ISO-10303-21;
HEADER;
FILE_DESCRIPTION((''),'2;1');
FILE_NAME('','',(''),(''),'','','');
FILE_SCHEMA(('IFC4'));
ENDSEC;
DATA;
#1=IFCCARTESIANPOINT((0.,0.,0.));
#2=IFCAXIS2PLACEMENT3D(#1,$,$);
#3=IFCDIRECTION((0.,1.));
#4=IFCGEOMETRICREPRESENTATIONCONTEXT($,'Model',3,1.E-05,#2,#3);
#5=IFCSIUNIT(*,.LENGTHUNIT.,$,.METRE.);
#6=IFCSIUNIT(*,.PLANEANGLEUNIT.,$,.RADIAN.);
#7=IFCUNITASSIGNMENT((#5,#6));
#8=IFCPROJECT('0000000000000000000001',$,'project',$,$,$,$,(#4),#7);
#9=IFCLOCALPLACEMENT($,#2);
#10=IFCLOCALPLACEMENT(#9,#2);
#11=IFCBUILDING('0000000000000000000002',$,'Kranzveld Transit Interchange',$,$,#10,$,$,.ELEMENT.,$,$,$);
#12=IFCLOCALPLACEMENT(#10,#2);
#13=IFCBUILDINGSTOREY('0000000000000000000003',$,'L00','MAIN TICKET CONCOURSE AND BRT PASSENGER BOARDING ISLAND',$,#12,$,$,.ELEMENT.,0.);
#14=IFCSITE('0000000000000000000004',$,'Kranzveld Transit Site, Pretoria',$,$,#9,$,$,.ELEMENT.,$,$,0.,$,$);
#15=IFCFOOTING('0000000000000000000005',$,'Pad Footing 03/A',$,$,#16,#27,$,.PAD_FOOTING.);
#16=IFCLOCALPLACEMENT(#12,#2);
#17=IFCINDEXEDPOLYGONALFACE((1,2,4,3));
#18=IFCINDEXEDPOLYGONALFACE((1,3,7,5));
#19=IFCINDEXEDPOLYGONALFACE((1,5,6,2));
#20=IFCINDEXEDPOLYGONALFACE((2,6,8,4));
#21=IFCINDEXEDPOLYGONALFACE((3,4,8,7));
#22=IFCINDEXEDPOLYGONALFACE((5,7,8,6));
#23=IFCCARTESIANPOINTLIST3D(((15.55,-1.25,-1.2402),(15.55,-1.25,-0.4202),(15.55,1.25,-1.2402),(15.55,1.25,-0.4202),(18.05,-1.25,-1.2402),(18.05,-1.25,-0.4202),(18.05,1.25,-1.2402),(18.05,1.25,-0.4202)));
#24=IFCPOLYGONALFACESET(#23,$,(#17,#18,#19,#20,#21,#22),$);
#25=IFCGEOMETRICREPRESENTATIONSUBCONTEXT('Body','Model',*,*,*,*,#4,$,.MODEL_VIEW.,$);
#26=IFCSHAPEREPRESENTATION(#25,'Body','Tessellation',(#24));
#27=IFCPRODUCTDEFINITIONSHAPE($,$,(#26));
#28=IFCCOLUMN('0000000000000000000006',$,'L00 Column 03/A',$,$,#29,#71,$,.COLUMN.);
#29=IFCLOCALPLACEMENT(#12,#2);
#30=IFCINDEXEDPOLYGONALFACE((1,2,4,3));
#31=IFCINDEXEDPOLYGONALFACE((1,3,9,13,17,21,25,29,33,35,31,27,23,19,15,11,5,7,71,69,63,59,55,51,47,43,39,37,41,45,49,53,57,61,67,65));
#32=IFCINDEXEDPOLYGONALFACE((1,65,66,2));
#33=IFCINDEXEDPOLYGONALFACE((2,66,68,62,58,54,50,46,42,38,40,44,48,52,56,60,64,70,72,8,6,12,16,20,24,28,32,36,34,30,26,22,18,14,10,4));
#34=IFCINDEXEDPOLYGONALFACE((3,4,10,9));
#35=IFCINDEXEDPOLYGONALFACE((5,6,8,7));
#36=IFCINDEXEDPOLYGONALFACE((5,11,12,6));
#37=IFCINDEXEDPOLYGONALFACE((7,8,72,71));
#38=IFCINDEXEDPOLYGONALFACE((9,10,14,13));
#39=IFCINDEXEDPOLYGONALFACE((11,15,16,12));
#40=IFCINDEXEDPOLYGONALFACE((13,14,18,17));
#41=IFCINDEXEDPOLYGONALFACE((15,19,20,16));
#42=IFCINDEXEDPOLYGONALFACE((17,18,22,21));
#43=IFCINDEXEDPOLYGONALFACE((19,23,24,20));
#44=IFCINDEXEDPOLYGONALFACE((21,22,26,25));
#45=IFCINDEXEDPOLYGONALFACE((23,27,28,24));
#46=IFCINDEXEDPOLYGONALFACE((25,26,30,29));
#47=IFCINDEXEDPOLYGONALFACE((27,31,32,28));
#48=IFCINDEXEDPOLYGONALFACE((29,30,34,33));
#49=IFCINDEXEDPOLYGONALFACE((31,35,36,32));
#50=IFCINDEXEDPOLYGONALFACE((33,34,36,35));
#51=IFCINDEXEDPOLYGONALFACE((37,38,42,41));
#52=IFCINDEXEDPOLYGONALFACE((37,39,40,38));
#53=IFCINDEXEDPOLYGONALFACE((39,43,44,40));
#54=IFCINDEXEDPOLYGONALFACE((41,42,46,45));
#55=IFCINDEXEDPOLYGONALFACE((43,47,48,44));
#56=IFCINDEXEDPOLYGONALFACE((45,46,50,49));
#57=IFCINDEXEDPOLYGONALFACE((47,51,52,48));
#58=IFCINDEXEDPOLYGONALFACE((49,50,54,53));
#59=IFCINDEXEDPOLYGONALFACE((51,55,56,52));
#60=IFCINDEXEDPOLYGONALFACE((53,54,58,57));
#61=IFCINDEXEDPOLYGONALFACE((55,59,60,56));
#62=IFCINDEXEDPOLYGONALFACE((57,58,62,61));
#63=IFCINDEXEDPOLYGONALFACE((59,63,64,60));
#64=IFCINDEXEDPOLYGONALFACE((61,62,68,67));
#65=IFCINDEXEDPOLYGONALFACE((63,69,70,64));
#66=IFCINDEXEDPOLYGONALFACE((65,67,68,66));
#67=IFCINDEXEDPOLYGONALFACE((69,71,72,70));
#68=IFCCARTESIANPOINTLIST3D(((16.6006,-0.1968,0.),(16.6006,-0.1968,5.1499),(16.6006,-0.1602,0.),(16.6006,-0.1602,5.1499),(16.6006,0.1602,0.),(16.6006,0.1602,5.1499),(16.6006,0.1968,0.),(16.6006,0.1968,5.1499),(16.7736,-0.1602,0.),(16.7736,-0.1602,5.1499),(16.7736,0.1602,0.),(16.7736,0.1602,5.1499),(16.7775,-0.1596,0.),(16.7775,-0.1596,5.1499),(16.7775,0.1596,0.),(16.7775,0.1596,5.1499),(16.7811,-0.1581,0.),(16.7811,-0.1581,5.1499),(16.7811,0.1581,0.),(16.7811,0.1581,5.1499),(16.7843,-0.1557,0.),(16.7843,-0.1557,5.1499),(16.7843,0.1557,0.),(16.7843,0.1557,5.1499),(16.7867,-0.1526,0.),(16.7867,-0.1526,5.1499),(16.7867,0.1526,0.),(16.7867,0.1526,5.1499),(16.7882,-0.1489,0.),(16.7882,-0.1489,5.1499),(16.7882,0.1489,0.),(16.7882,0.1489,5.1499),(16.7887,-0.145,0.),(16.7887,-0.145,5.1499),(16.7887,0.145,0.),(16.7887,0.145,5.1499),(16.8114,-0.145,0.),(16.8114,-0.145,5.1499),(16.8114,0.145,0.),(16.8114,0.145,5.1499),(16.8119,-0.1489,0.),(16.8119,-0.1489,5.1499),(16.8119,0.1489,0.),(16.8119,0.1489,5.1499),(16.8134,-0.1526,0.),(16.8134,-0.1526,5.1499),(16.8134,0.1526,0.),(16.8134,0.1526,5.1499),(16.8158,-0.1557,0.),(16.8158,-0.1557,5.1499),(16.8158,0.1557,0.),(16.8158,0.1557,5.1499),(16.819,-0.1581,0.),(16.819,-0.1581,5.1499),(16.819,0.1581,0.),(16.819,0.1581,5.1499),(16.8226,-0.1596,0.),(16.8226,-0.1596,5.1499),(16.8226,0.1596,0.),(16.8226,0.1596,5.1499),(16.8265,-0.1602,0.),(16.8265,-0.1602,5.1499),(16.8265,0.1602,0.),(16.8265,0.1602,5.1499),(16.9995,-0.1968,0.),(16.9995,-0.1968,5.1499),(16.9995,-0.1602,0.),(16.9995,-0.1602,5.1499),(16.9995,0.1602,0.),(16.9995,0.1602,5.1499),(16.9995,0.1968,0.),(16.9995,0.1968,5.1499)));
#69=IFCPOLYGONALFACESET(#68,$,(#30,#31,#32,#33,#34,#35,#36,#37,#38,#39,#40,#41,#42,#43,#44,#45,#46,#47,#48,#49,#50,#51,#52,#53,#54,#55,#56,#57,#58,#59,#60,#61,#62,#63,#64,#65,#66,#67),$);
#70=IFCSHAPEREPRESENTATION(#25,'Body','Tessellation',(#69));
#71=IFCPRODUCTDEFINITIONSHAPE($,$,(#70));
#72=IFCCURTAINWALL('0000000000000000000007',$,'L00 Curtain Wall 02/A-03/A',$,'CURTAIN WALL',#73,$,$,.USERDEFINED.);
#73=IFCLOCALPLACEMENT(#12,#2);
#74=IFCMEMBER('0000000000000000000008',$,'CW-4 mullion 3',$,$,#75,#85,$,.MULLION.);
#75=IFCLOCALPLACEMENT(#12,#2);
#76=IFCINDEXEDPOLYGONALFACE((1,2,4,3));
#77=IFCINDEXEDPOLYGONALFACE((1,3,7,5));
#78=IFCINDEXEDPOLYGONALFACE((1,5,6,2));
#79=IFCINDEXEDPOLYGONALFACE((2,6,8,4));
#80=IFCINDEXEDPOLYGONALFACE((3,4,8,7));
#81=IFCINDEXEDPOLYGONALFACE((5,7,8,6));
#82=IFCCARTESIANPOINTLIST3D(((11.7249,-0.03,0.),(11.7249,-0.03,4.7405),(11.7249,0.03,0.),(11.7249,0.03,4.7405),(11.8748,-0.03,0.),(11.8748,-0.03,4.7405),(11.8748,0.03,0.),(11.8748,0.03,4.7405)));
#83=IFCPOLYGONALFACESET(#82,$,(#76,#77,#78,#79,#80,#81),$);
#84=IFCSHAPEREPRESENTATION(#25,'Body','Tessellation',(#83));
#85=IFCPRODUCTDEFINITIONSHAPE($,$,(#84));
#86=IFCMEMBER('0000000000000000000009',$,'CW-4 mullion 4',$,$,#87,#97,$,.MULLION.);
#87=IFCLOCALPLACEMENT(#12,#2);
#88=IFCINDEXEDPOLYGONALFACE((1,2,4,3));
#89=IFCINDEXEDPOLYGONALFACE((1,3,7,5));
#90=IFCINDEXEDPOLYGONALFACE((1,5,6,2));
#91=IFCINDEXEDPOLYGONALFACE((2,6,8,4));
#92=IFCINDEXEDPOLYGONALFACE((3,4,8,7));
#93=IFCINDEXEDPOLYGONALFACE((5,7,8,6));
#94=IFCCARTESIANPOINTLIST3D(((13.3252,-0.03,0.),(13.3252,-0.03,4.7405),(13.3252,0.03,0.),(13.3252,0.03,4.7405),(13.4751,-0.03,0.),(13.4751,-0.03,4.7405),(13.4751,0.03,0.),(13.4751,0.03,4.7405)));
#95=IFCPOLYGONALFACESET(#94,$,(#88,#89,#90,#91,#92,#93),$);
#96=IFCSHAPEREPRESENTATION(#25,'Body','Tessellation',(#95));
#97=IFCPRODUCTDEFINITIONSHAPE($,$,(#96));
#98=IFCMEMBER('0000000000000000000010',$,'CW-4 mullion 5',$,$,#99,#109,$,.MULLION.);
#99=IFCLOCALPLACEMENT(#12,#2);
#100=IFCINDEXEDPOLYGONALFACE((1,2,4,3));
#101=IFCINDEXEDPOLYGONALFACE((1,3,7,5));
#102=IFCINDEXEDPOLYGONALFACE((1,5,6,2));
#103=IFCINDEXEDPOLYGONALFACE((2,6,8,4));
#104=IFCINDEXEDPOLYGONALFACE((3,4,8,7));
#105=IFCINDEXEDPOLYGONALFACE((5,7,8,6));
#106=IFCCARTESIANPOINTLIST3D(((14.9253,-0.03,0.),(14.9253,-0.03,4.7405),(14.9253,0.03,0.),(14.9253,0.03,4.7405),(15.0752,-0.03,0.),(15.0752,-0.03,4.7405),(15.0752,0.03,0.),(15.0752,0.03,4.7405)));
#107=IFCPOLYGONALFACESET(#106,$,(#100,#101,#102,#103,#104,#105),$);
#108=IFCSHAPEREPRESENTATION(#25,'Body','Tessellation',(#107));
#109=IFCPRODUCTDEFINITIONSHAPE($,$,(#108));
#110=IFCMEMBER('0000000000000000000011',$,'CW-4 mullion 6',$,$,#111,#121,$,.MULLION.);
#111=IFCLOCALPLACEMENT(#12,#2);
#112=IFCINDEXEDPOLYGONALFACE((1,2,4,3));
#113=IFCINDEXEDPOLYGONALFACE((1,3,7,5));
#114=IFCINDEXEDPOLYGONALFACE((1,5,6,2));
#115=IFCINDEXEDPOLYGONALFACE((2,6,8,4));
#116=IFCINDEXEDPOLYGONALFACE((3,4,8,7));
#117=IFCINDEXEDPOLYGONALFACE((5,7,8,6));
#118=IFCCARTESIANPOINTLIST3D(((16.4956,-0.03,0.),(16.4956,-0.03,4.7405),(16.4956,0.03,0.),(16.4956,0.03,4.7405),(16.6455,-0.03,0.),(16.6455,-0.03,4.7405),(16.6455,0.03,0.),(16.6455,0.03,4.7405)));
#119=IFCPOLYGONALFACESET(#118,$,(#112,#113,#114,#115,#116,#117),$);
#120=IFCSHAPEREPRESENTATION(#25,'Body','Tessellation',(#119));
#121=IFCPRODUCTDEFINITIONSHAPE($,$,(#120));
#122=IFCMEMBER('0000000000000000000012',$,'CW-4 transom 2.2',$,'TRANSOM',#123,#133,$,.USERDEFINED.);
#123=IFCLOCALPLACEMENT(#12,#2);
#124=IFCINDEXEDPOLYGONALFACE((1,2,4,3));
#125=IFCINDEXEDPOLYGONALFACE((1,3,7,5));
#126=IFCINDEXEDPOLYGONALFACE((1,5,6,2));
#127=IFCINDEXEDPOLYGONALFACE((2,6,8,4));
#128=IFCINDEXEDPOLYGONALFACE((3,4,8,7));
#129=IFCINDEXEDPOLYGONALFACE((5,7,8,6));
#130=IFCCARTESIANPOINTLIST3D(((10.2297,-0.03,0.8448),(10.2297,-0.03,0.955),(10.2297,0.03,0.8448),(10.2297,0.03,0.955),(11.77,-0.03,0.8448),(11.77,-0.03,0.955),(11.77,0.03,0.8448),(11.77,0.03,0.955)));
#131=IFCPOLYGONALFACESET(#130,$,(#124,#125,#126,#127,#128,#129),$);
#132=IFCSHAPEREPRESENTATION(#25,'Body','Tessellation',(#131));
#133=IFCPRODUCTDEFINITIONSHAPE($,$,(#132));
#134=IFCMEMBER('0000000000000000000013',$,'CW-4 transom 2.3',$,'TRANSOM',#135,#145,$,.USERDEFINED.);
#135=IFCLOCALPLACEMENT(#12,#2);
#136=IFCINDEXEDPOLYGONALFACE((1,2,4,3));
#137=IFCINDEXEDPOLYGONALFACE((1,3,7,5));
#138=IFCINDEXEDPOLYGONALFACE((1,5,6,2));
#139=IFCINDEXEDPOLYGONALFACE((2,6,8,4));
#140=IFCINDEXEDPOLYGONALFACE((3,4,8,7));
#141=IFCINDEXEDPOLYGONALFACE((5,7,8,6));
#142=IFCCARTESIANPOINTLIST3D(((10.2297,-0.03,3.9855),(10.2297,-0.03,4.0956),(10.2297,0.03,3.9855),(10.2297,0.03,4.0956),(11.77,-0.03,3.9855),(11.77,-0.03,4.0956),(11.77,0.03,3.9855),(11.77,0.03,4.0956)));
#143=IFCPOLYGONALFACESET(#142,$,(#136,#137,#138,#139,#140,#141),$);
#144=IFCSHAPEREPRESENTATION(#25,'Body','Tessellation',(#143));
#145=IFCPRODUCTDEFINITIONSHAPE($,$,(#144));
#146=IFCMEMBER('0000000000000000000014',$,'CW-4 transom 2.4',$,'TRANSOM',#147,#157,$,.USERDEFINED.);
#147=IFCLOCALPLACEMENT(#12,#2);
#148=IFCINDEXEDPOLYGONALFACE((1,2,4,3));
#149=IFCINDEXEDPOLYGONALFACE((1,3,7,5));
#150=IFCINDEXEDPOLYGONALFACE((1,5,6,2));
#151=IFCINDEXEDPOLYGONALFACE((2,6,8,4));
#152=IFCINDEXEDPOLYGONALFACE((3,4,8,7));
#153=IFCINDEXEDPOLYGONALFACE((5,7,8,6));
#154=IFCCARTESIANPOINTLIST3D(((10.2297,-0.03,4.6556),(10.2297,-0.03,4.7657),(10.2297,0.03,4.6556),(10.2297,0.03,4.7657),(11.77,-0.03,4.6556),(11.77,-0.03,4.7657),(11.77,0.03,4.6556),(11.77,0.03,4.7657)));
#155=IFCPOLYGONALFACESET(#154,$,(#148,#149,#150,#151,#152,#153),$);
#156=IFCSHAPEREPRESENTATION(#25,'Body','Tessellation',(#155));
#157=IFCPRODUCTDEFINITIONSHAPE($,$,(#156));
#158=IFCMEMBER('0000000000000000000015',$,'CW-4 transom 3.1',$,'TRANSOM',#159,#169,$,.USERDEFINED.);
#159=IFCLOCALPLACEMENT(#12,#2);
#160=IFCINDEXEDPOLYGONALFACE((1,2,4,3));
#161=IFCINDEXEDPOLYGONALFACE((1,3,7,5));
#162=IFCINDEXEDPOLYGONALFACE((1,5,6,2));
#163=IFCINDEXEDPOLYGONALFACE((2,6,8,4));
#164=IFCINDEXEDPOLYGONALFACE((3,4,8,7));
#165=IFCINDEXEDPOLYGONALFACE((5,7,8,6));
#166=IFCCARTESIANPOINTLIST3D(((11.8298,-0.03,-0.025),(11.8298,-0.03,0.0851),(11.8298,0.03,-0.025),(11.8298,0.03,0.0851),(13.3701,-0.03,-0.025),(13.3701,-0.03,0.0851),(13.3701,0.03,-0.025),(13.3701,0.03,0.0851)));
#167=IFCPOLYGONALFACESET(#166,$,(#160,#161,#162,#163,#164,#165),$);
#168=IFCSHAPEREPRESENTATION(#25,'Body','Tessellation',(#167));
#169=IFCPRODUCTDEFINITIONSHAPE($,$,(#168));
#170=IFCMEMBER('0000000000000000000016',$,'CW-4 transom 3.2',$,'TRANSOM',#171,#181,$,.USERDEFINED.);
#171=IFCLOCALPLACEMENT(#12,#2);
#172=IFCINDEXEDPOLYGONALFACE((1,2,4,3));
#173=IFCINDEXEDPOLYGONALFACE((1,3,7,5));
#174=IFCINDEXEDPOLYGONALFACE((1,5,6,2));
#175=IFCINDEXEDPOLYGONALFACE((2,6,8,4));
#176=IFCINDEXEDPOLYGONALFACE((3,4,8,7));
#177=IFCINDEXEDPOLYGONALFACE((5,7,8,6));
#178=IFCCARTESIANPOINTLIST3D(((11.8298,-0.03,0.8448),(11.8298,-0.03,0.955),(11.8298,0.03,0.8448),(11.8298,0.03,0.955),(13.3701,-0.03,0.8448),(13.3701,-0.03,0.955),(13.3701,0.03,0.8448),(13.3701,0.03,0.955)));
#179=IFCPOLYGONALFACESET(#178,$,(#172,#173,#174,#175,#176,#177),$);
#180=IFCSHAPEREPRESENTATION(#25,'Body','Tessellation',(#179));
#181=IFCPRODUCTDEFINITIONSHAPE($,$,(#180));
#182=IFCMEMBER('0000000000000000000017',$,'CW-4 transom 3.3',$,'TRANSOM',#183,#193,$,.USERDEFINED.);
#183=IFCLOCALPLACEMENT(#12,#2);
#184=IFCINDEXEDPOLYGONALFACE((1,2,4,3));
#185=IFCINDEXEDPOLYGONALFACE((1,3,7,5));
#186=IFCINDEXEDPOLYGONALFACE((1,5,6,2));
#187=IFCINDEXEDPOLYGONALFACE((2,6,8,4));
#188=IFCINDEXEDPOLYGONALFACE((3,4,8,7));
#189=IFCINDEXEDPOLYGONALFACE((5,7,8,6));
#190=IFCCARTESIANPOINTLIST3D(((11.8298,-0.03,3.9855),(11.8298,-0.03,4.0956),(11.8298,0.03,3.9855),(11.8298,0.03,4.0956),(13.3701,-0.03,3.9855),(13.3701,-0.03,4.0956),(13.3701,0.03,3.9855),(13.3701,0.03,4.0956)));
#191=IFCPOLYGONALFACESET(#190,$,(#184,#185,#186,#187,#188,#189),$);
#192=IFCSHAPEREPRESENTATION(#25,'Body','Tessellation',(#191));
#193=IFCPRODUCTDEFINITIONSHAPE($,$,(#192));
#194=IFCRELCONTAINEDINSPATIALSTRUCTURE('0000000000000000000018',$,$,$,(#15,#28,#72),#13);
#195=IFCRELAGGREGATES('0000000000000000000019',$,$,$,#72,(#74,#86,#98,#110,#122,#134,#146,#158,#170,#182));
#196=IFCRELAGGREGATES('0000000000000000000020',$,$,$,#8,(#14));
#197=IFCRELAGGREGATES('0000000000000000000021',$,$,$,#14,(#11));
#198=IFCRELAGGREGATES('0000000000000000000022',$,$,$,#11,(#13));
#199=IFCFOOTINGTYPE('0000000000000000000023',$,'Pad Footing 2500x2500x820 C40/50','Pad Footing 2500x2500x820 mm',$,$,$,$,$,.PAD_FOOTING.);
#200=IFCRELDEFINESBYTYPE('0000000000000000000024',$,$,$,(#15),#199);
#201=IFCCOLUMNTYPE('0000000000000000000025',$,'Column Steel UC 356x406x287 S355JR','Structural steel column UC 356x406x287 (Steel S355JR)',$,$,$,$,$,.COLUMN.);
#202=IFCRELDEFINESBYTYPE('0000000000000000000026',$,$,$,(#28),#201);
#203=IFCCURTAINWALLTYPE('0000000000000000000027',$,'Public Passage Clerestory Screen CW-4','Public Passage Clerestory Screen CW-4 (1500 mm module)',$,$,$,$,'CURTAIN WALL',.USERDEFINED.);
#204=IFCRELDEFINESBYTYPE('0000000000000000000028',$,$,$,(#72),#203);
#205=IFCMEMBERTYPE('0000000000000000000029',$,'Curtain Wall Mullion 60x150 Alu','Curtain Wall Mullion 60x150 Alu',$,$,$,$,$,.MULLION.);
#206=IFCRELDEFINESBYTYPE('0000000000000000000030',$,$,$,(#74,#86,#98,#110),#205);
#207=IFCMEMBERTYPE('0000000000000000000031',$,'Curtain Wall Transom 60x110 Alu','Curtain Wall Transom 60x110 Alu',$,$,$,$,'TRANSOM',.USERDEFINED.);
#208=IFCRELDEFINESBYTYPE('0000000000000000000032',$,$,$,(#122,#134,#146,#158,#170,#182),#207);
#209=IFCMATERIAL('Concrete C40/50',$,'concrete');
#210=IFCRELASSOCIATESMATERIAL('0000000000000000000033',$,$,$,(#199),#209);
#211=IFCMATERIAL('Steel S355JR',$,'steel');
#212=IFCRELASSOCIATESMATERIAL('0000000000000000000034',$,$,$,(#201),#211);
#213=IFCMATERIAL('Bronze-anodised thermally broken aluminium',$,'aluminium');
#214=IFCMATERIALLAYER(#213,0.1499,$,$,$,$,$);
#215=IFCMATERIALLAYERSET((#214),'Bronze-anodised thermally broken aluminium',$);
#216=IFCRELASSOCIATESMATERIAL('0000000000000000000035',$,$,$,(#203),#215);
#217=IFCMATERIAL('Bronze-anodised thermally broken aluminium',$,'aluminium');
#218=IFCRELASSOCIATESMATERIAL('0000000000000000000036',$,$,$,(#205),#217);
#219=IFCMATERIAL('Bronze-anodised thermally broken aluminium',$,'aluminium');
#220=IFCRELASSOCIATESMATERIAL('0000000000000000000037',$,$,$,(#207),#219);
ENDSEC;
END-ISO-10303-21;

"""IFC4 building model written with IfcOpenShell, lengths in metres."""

from ifc_helpers import new_model, si_unit, direction, frame, origin, origin_2d, place, context, subcontext, project, spatial, rectangle, i_section, extrude, material, layer, layer_set, material_profile, profile_set, type_object, element, aggregate, save


model = new_model("IFC4")

# Units and contexts
model_context = context("Model", 3, precision=1e-05, world=origin(), true_north=direction((0.0, 1.0)))
body_context = subcontext(model_context, "Body", "Model", "MODEL_VIEW")
ifc_project = project(units=[si_unit("LENGTHUNIT", "METRE"), si_unit("PLANEANGLEUNIT", "RADIAN")], contexts=[model_context])

# Site, building, storey
site_placement = place(None, origin())
site = spatial("IfcSite", under=ifc_project, at=site_placement, Name="Kranzveld Transit Site, Pretoria", CompositionType="ELEMENT", RefElevation=0.0)
building_placement = place(site_placement, origin())
building = spatial("IfcBuilding", under=site, at=building_placement, Name="Kranzveld Transit Interchange", CompositionType="ELEMENT")
storey_placement = place(building_placement, origin())
storey = spatial("IfcBuildingStorey", under=building, at=storey_placement, Name="L00", Description="MAIN TICKET CONCOURSE AND BRT PASSENGER BOARDING ISLAND", CompositionType="ELEMENT", Elevation=0.0)

# Footing
ifc_material_1 = material(Name="Concrete C40/50", Category="concrete")
footing_type = type_object("IfcFootingType", Name="Pad Footing 2500x2500x820 C40/50", Description="Pad Footing 2500x2500x820 mm", PredefinedType="PAD_FOOTING", material=ifc_material_1)
footing_placement = place(storey_placement, frame((16.8, 0.0, -1.2402), z_axis=(0.0, 0.0, 1.0), x_axis=(1.0, 0.0, 0.0)))
element("IfcFooting", 1, at=footing_placement, inside=storey, type_object=footing_type, Name="Pad Footing 03/A", PredefinedType="PAD_FOOTING", context=body_context, shape_type="SweptSolid", body=[
    extrude(rectangle(XDim=2.5, YDim=2.5, at=origin_2d()), origin(), (0.0, 0.0, 1.0), 0.8201),
])

# Column
ifc_material_2 = material(Name="Steel S355JR", Category="steel")
ifc_material_profile_1 = material_profile(ifc_material_2, i_section(OverallWidth=0.3989, OverallDepth=0.3936, WebThickness=0.0227, FlangeThickness=0.0366, FilletRadius=0.0151, at=origin_2d()), Name="UC 356x406x287")
ifc_profile_set_1 = profile_set([ifc_material_profile_1], Name="Steel S355JR")
column_type = type_object("IfcColumnType", Name="Column Steel UC 356x406x287 S355JR", Description="Structural steel column UC 356x406x287 (Steel S355JR)", PredefinedType="COLUMN", material=ifc_profile_set_1)
column_placement = place(storey_placement, frame((16.8, 0.0, 0.0), z_axis=(0.0, 0.0, 1.0), x_axis=(1.0, 0.0, 0.0)))
element("IfcColumn", 2, at=column_placement, inside=storey, type_object=column_type, Name="L00 Column 03/A", PredefinedType="COLUMN", context=body_context, shape_type="SweptSolid", body=[
    extrude(i_section(OverallWidth=0.3989, OverallDepth=0.3936, WebThickness=0.0227, FlangeThickness=0.0366, FilletRadius=0.0151, at=origin_2d()), origin(), (0.0, 0.0, 1.0), 5.1499),
])

# Curtain wall, members
ifc_material_3 = material(Name="Bronze-anodised thermally broken aluminium", Category="aluminium")
ifc_layer_1 = layer(ifc_material_3, 0.1499)
ifc_layer_set_1 = layer_set([ifc_layer_1], Name="Bronze-anodised thermally broken aluminium")
curtain_wall_type = type_object("IfcCurtainWallType", Name="Public Passage Clerestory Screen CW-4", Description="Public Passage Clerestory Screen CW-4 (1500 mm module)", ElementType="CURTAIN WALL", PredefinedType="USERDEFINED", material=ifc_layer_set_1)
curtain_wall_placement = place(storey_placement, origin())
curtain_wall = element("IfcCurtainWall", 3, at=curtain_wall_placement, inside=storey, type_object=curtain_wall_type, Name="L00 Curtain Wall 02/A-03/A", ObjectType="CURTAIN WALL", PredefinedType="USERDEFINED")
ifc_material_4 = material(Name="Bronze-anodised thermally broken aluminium", Category="aluminium")
ifc_material_profile_2 = material_profile(ifc_material_4, rectangle(XDim=0.0601, YDim=0.1499, at=origin_2d()), Name="ALU MULLION 60x150")
ifc_profile_set_2 = profile_set([ifc_material_profile_2], Name="Bronze-anodised thermally broken aluminium")
member_type_1 = type_object("IfcMemberType", Name="Curtain Wall Mullion 60x150 Alu", Description="Curtain Wall Mullion 60x150 Alu", PredefinedType="MULLION", material=ifc_profile_set_2)
member_1_placement = place(storey_placement, frame((11.7998, 0.0, 0.0), z_axis=(0.0, 0.0, 1.0), x_axis=(0.0, 1.0, 0.0)))
member_1 = element("IfcMember", 4, at=member_1_placement, type_object=member_type_1, Name="CW-4 mullion 3", PredefinedType="MULLION", context=body_context, shape_type="SweptSolid", body=[
    extrude(rectangle(XDim=0.0601, YDim=0.1499, at=origin_2d()), origin(), (0.0, 0.0, 1.0), 4.7405),
])
member_2_placement = place(storey_placement, frame((13.4001, 0.0, 0.0), z_axis=(0.0, 0.0, 1.0), x_axis=(0.0, 1.0, 0.0)))
member_2 = element("IfcMember", 5, at=member_2_placement, type_object=member_type_1, Name="CW-4 mullion 4", PredefinedType="MULLION", context=body_context, shape_type="SweptSolid", body=[
    extrude(rectangle(XDim=0.0601, YDim=0.1499, at=origin_2d()), origin(), (0.0, 0.0, 1.0), 4.7405),
])
member_3_placement = place(storey_placement, frame((15.0002, 0.0, 0.0), z_axis=(0.0, 0.0, 1.0), x_axis=(0.0, 1.0, 0.0)))
member_3 = element("IfcMember", 6, at=member_3_placement, type_object=member_type_1, Name="CW-4 mullion 5", PredefinedType="MULLION", context=body_context, shape_type="SweptSolid", body=[
    extrude(rectangle(XDim=0.0601, YDim=0.1499, at=origin_2d()), origin(), (0.0, 0.0, 1.0), 4.7405),
])
member_4_placement = place(storey_placement, frame((16.5706, 0.0, 0.0), z_axis=(0.0, 0.0, 1.0), x_axis=(0.0, 1.0, 0.0)))
member_4 = element("IfcMember", 7, at=member_4_placement, type_object=member_type_1, Name="CW-4 mullion 6", PredefinedType="MULLION", context=body_context, shape_type="SweptSolid", body=[
    extrude(rectangle(XDim=0.0601, YDim=0.1499, at=origin_2d()), origin(), (0.0, 0.0, 1.0), 4.7405),
])
ifc_material_5 = material(Name="Bronze-anodised thermally broken aluminium", Category="aluminium")
ifc_material_profile_3 = material_profile(ifc_material_5, rectangle(XDim=0.0601, YDim=0.1101, at=origin_2d()), Name="ALU TRANSOM 60x110")
ifc_profile_set_3 = profile_set([ifc_material_profile_3], Name="Bronze-anodised thermally broken aluminium")
member_type_2 = type_object("IfcMemberType", Name="Curtain Wall Transom 60x110 Alu", Description="Curtain Wall Transom 60x110 Alu", ElementType="TRANSOM", PredefinedType="USERDEFINED", material=ifc_profile_set_3)
member_5_placement = place(storey_placement, frame((10.2297, 0.0, 0.8999), z_axis=(1.0, 0.0, 0.0), x_axis=(0.0, 1.0, 0.0)))
member_5 = element("IfcMember", 8, at=member_5_placement, type_object=member_type_2, Name="CW-4 transom 2.2", ObjectType="TRANSOM", PredefinedType="USERDEFINED", context=body_context, shape_type="SweptSolid", body=[
    extrude(rectangle(XDim=0.0601, YDim=0.1101, at=origin_2d()), origin(), (0.0, 0.0, 1.0), 1.5403),
])
member_6_placement = place(storey_placement, frame((10.2297, 0.0, 4.0405), z_axis=(1.0, 0.0, 0.0), x_axis=(0.0, 1.0, 0.0)))
member_6 = element("IfcMember", 9, at=member_6_placement, type_object=member_type_2, Name="CW-4 transom 2.3", ObjectType="TRANSOM", PredefinedType="USERDEFINED", context=body_context, shape_type="SweptSolid", body=[
    extrude(rectangle(XDim=0.0601, YDim=0.1101, at=origin_2d()), origin(), (0.0, 0.0, 1.0), 1.5403),
])
member_7_placement = place(storey_placement, frame((10.2297, 0.0, 4.7107), z_axis=(1.0, 0.0, 0.0), x_axis=(0.0, 1.0, 0.0)))
member_7 = element("IfcMember", 10, at=member_7_placement, type_object=member_type_2, Name="CW-4 transom 2.4", ObjectType="TRANSOM", PredefinedType="USERDEFINED", context=body_context, shape_type="SweptSolid", body=[
    extrude(rectangle(XDim=0.0601, YDim=0.1101, at=origin_2d()), origin(), (0.0, 0.0, 1.0), 1.5403),
])
member_8_placement = place(storey_placement, frame((11.8298, 0.0, 0.03), z_axis=(1.0, 0.0, 0.0), x_axis=(0.0, 1.0, 0.0)))
member_8 = element("IfcMember", 11, at=member_8_placement, type_object=member_type_2, Name="CW-4 transom 3.1", ObjectType="TRANSOM", PredefinedType="USERDEFINED", context=body_context, shape_type="SweptSolid", body=[
    extrude(rectangle(XDim=0.0601, YDim=0.1101, at=origin_2d()), origin(), (0.0, 0.0, 1.0), 1.5403),
])
member_9_placement = place(storey_placement, frame((11.8298, 0.0, 0.8999), z_axis=(1.0, 0.0, 0.0), x_axis=(0.0, 1.0, 0.0)))
member_9 = element("IfcMember", 12, at=member_9_placement, type_object=member_type_2, Name="CW-4 transom 3.2", ObjectType="TRANSOM", PredefinedType="USERDEFINED", context=body_context, shape_type="SweptSolid", body=[
    extrude(rectangle(XDim=0.0601, YDim=0.1101, at=origin_2d()), origin(), (0.0, 0.0, 1.0), 1.5403),
])
member_10_placement = place(storey_placement, frame((11.8298, 0.0, 4.0405), z_axis=(1.0, 0.0, 0.0), x_axis=(0.0, 1.0, 0.0)))
member_10 = element("IfcMember", 13, at=member_10_placement, type_object=member_type_2, Name="CW-4 transom 3.3", ObjectType="TRANSOM", PredefinedType="USERDEFINED", context=body_context, shape_type="SweptSolid", body=[
    extrude(rectangle(XDim=0.0601, YDim=0.1101, at=origin_2d()), origin(), (0.0, 0.0, 1.0), 1.5403),
])
aggregate(curtain_wall, [member_1, member_2, member_3, member_4, member_5, member_6, member_7, member_8, member_9, member_10])

save(model, "model.ifc")
